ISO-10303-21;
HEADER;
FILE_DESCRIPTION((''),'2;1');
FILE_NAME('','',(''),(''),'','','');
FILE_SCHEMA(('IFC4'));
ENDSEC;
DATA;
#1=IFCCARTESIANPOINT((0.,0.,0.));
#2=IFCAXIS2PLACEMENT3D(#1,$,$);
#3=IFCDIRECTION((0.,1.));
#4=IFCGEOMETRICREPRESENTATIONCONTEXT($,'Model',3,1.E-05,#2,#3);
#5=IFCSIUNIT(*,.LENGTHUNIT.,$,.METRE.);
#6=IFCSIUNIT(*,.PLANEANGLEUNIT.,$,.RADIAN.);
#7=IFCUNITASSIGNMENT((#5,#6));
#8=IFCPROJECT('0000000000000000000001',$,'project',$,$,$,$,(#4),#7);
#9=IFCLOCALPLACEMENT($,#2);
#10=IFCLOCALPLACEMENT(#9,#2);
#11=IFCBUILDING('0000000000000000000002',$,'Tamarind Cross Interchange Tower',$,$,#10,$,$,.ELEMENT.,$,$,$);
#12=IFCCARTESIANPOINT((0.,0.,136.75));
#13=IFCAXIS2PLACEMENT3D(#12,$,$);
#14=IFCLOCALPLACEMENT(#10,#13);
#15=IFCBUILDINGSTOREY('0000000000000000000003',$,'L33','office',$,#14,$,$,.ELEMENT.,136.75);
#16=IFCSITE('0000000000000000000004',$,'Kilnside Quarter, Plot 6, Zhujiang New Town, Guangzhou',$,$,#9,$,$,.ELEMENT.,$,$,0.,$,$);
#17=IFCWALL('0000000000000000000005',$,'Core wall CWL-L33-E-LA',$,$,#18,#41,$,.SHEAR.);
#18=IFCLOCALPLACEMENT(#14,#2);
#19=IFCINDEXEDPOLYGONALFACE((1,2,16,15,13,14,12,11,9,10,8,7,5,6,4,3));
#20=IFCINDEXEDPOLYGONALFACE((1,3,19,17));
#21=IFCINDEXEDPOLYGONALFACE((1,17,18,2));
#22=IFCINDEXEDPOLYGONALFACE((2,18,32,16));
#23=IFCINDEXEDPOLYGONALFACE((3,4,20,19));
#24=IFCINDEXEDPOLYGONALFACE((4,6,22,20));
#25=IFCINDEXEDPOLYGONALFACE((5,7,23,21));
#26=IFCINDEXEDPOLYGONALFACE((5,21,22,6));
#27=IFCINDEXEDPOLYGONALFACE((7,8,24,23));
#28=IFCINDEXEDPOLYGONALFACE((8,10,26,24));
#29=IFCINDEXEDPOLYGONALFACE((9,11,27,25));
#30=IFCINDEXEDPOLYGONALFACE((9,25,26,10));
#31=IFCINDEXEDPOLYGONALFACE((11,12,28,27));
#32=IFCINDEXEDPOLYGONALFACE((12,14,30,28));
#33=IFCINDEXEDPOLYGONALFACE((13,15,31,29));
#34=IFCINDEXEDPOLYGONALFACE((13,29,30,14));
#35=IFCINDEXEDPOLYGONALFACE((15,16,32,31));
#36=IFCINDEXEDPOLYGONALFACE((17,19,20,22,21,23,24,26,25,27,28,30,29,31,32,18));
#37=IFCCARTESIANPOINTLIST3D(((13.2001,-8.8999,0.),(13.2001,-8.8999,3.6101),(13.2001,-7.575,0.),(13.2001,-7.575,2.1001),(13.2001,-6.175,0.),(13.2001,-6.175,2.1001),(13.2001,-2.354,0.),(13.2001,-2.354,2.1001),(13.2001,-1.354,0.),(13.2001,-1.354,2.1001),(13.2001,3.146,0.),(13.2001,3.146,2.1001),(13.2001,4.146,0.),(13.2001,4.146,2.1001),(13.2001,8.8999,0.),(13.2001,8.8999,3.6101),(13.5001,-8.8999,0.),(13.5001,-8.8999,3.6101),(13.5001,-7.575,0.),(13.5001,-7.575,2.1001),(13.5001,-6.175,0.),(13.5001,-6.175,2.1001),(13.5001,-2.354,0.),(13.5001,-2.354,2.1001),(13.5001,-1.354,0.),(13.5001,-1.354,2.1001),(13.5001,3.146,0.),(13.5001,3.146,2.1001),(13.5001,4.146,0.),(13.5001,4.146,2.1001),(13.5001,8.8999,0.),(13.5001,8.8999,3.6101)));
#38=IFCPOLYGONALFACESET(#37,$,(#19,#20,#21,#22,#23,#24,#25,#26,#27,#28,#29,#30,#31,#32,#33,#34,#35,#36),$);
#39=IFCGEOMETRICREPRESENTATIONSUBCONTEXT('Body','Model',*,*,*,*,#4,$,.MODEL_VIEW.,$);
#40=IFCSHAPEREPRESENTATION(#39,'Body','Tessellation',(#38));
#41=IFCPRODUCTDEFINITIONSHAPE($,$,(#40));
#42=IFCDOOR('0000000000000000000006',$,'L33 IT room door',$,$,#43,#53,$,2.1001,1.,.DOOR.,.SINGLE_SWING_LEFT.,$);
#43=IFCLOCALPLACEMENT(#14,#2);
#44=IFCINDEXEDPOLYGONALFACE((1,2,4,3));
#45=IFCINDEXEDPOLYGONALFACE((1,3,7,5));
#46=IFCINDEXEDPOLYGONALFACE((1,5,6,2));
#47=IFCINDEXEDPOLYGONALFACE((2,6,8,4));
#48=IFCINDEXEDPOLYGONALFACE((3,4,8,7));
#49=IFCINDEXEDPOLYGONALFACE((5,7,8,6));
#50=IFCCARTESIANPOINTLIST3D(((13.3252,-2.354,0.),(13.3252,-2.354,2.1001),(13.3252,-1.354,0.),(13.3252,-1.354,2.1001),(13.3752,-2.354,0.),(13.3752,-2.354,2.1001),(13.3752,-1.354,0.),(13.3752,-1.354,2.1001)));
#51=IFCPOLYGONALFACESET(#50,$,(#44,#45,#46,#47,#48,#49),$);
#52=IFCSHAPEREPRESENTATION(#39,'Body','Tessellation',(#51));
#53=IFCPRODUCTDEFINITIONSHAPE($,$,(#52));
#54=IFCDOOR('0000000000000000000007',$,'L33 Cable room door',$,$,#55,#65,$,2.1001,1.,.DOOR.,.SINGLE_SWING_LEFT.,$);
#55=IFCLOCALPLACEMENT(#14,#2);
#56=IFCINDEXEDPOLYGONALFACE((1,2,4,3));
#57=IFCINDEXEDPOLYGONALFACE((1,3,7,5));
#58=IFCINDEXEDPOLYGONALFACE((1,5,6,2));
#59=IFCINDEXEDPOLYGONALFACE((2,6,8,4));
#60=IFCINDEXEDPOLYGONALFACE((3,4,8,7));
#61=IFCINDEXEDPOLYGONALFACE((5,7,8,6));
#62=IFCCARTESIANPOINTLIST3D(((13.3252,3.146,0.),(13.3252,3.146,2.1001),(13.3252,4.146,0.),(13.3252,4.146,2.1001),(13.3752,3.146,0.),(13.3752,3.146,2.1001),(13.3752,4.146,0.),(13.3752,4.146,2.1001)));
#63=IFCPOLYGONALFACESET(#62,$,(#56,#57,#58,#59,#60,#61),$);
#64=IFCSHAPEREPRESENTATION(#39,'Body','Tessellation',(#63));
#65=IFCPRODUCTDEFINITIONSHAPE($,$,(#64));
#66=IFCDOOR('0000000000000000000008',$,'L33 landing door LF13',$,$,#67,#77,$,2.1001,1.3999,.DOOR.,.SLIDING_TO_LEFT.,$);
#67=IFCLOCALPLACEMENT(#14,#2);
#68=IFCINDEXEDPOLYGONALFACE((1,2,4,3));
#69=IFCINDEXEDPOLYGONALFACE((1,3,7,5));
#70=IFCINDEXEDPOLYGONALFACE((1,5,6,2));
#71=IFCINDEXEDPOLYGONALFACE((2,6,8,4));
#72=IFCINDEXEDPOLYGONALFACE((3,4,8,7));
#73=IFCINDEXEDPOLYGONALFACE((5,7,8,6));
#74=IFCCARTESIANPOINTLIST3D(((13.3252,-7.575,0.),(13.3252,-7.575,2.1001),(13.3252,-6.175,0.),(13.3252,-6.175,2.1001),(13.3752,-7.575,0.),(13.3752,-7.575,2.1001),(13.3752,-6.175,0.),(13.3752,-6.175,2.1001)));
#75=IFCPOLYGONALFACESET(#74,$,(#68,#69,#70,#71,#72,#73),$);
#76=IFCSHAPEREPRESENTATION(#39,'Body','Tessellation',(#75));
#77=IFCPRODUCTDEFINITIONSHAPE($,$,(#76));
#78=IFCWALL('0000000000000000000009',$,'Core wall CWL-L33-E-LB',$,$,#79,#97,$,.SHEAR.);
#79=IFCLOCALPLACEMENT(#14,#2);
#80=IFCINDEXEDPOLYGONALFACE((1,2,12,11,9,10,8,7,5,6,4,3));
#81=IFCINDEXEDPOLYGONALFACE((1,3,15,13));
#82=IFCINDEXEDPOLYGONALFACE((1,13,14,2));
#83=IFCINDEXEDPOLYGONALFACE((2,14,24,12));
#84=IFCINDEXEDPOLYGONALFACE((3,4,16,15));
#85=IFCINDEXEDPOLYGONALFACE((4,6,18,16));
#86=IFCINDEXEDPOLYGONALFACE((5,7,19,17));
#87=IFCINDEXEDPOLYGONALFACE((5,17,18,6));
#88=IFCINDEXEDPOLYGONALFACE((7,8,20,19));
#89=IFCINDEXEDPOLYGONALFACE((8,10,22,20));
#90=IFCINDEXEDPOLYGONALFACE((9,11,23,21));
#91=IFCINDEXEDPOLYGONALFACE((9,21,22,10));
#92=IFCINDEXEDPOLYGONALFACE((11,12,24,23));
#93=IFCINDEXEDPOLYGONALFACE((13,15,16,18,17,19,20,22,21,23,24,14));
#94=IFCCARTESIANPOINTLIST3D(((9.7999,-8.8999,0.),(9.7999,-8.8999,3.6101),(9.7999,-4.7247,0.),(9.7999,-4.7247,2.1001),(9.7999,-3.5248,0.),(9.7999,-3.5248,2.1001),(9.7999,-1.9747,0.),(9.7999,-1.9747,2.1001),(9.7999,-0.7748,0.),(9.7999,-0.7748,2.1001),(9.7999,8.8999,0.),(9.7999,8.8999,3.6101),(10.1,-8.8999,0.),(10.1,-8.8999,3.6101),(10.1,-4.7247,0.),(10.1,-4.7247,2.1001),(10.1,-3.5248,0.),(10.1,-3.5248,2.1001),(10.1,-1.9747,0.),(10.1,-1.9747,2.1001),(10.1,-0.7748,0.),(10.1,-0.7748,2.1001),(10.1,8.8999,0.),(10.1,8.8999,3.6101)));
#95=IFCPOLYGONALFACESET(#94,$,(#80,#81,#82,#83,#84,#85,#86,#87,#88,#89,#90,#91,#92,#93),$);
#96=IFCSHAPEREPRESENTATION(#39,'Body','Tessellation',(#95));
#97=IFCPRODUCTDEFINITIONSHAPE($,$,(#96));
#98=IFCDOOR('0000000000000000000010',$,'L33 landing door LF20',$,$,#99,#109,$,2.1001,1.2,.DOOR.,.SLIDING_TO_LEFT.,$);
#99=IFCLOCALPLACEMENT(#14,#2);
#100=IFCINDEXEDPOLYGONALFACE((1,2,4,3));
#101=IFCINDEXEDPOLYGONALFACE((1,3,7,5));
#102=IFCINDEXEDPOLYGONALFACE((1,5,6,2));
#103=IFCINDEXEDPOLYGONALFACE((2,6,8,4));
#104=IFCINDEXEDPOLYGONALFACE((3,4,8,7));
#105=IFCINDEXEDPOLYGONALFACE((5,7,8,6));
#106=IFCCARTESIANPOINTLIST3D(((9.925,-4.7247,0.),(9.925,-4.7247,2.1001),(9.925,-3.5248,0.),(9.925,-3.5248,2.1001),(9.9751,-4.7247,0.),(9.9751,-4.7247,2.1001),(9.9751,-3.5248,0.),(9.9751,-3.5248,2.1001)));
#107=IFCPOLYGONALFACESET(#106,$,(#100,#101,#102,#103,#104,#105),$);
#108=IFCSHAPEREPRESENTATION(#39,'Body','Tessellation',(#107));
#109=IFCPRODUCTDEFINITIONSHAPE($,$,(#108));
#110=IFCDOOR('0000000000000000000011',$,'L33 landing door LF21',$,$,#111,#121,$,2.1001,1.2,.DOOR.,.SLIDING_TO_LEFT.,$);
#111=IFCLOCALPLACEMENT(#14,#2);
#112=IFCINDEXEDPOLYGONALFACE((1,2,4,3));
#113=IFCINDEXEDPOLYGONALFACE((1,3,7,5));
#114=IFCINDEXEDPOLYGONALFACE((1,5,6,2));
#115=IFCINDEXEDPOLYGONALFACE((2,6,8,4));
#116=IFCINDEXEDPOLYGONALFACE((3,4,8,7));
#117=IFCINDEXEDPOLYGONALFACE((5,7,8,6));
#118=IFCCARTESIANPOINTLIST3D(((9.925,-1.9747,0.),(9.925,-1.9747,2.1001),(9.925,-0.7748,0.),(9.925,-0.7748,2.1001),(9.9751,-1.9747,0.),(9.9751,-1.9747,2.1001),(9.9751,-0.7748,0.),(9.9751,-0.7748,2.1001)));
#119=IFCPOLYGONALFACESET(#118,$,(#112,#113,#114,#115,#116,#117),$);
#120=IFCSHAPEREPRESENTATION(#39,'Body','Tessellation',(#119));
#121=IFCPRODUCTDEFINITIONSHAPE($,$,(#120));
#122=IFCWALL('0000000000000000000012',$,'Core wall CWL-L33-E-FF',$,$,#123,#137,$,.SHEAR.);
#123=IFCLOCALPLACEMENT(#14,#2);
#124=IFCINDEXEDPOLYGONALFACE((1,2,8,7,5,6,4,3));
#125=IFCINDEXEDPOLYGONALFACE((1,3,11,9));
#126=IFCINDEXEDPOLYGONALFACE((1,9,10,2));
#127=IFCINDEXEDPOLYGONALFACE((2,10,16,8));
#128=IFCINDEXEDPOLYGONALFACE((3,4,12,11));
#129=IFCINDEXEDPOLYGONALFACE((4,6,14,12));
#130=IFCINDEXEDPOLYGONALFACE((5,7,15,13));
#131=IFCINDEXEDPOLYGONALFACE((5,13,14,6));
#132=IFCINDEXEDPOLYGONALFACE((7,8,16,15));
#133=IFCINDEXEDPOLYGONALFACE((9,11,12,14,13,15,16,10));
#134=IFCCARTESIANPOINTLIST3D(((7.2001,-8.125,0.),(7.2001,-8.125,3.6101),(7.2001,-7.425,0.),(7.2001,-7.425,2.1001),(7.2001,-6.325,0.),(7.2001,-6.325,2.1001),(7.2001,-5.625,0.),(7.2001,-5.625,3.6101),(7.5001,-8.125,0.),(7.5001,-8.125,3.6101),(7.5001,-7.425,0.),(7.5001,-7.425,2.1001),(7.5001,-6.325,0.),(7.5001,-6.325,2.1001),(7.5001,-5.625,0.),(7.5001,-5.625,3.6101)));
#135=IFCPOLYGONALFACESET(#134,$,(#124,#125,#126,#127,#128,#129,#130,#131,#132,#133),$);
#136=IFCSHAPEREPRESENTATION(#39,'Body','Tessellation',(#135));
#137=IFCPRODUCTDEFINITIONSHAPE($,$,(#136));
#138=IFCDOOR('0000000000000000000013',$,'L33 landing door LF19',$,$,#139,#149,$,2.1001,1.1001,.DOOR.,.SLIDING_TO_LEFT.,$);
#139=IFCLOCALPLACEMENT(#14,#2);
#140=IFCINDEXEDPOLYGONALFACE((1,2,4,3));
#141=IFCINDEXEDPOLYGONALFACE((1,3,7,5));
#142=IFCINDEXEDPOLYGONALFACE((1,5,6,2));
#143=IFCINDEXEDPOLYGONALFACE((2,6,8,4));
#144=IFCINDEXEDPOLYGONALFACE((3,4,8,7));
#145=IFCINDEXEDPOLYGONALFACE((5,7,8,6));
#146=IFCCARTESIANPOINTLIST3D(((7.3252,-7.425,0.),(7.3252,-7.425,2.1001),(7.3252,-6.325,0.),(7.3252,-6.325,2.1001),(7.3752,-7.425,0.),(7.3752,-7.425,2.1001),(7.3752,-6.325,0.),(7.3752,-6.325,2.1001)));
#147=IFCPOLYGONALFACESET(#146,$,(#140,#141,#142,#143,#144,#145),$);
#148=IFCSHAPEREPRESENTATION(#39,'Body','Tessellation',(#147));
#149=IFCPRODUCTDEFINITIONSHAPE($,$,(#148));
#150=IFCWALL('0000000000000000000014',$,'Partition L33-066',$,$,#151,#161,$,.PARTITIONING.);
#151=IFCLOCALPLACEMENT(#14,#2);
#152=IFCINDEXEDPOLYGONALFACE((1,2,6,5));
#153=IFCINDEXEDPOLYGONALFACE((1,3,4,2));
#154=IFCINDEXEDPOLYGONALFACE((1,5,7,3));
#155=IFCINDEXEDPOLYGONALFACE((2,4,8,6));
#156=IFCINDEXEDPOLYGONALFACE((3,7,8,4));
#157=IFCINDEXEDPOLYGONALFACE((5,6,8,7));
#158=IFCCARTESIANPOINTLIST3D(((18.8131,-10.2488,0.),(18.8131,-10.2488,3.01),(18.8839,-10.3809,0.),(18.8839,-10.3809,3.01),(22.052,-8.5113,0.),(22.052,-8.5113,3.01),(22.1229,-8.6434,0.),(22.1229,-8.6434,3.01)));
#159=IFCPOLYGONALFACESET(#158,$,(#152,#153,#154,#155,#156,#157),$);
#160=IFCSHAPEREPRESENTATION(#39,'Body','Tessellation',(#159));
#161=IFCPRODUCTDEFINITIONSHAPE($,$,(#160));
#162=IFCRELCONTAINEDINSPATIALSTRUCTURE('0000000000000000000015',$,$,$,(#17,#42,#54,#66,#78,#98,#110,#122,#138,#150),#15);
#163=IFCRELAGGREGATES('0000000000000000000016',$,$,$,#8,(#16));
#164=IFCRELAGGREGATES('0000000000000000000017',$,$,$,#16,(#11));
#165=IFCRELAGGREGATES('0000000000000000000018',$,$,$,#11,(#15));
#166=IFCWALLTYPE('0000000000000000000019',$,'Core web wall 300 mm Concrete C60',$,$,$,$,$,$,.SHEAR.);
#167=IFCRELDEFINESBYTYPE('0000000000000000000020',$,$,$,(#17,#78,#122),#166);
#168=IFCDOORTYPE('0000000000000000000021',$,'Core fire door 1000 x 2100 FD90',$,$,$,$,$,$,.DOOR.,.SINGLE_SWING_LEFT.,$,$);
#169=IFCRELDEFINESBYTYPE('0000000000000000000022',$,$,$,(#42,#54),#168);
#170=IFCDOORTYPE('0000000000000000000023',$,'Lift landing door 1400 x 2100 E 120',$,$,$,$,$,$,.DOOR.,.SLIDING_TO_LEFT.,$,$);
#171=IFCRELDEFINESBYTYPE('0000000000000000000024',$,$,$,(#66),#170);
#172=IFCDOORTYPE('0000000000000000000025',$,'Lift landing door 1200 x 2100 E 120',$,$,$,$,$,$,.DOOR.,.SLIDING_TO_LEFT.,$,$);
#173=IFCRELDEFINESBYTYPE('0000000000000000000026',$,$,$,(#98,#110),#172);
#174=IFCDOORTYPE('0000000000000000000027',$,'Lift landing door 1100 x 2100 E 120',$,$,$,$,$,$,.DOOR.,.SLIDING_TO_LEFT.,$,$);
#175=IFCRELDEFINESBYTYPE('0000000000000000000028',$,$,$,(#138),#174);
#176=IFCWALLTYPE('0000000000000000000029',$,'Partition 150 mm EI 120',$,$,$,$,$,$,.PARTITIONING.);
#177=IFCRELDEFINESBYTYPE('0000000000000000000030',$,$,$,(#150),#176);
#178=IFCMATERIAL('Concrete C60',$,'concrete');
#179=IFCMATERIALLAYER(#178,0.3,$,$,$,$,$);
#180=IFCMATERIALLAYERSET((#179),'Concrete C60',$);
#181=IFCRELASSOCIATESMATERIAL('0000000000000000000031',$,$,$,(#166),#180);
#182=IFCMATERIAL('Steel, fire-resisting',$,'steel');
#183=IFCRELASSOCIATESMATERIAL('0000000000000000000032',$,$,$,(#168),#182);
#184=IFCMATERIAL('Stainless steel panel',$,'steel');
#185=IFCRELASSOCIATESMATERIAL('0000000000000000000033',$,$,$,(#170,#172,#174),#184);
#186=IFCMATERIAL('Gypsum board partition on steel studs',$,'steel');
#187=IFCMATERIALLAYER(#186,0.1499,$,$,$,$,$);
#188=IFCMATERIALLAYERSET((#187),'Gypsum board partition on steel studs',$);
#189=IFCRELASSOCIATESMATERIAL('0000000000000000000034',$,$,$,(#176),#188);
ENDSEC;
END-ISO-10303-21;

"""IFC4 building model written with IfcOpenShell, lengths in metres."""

from ifc_helpers import new_model, si_unit, direction, frame, frame_2d, origin, place, context, subcontext, project, spatial, rectangle, extrude, material, layer, layer_set, type_object, element, fill, save


model = new_model("IFC4")

# Units and contexts
model_context = context("Model", 3, precision=1e-05, world=origin(), true_north=direction((0.0, 1.0)))
body_context = subcontext(model_context, "Body", "Model", "MODEL_VIEW")
ifc_project = project(units=[si_unit("LENGTHUNIT", "METRE"), si_unit("PLANEANGLEUNIT", "RADIAN")], contexts=[model_context])

# Site, building, storey
site_placement = place(None, origin())
site = spatial("IfcSite", under=ifc_project, at=site_placement, Name="Kilnside Quarter, Plot 6, Zhujiang New Town, Guangzhou", CompositionType="ELEMENT", RefElevation=0.0)
building_placement = place(site_placement, origin())
building = spatial("IfcBuilding", under=site, at=building_placement, Name="Tamarind Cross Interchange Tower", CompositionType="ELEMENT")
storey_placement = place(building_placement, frame((0.0, 0.0, 136.75)))
storey = spatial("IfcBuildingStorey", under=building, at=storey_placement, Name="L33", Description="office", CompositionType="ELEMENT", Elevation=136.75)

# Shared definitions
ifc_material_1 = material(Name="Concrete C60", Category="concrete")

# Shared definitions
ifc_material_2 = material(Name="Steel, fire-resisting", Category="steel")

# Shared definitions
ifc_layer_1 = layer(ifc_material_1, 0.3)
ifc_layer_set_1 = layer_set([ifc_layer_1], Name="Concrete C60")
wall_type_1 = type_object("IfcWallType", Name="Core web wall 300 mm Concrete C60", PredefinedType="SHEAR", material=ifc_layer_set_1)

# Walls, openings, doors
wall_1_placement = place(storey_placement, frame((13.3501, -8.8999, 0.0), z_axis=(0.0, 0.0, 1.0), x_axis=(0.0, 1.0, 0.0)))
wall_1 = element("IfcWall", 1, at=wall_1_placement, inside=storey, type_object=wall_type_1, Name="Core wall CWL-L33-E-LA", PredefinedType="SHEAR", context=body_context, shape_type="SweptSolid", body=[
    extrude(rectangle(XDim=17.7998, YDim=0.3, at=frame_2d((8.8999, 0.0))), origin(), (0.0, 0.0, 1.0), 3.6101),
])
opening_1_placement = place(wall_1_placement, frame((1.325, 0.0, 0.0)))
opening_1 = element("IfcOpeningElement", 2, at=opening_1_placement, cuts=wall_1, PredefinedType="OPENING", context=body_context, shape_type="SweptSolid", body=[
    extrude(rectangle(XDim=1.3999, YDim=2.1001, at=frame_2d((0.7, 1.05))), frame((0.0, 0.1599, 0.0), z_axis=(0.0, -1.0, 0.0), x_axis=(1.0, 0.0, 0.0)), (0.0, 0.0, 1.0), 0.3201),
])
opening_2_placement = place(wall_1_placement, frame((6.5459, 0.0, 0.0)))
opening_2 = element("IfcOpeningElement", 3, at=opening_2_placement, cuts=wall_1, PredefinedType="OPENING", context=body_context, shape_type="SweptSolid", body=[
    extrude(rectangle(XDim=1.0, YDim=2.1001, at=frame_2d((0.5, 1.05))), frame((0.0, 0.1599, 0.0), z_axis=(0.0, -1.0, 0.0), x_axis=(1.0, 0.0, 0.0)), (0.0, 0.0, 1.0), 0.3201),
])
opening_3_placement = place(wall_1_placement, frame((12.0459, 0.0, 0.0)))
opening_3 = element("IfcOpeningElement", 4, at=opening_3_placement, cuts=wall_1, PredefinedType="OPENING", context=body_context, shape_type="SweptSolid", body=[
    extrude(rectangle(XDim=1.0, YDim=2.1001, at=frame_2d((0.5, 1.05))), frame((0.0, 0.1599, 0.0), z_axis=(0.0, -1.0, 0.0), x_axis=(1.0, 0.0, 0.0)), (0.0, 0.0, 1.0), 0.3201),
])
door_type_1 = type_object("IfcDoorType", Name="Core fire door 1000 x 2100 FD90", OperationType="SINGLE_SWING_LEFT", PredefinedType="DOOR", material=ifc_material_2)
door_1_placement = place(opening_2_placement, origin())
door_1 = element("IfcDoor", 5, at=door_1_placement, inside=storey, type_object=door_type_1, Name="L33 IT room door", OperationType="SINGLE_SWING_LEFT", OverallHeight=2.1001, OverallWidth=1.0, PredefinedType="DOOR", context=body_context, shape_type="SweptSolid", body=[
    extrude(rectangle(XDim=1.0, YDim=2.1001, at=frame_2d((0.5, 1.05))), frame((0.0, 0.0249, 0.0), z_axis=(0.0, -1.0, 0.0), x_axis=(1.0, 0.0, 0.0)), (0.0, 0.0, 1.0), 0.05),
])
fill(opening_2, door_1)
door_2_placement = place(opening_3_placement, origin())
door_2 = element("IfcDoor", 6, at=door_2_placement, inside=storey, type_object=door_type_1, Name="L33 Cable room door", OperationType="SINGLE_SWING_LEFT", OverallHeight=2.1001, OverallWidth=1.0, PredefinedType="DOOR", context=body_context, shape_type="SweptSolid", body=[
    extrude(rectangle(XDim=1.0, YDim=2.1001, at=frame_2d((0.5, 1.05))), frame((0.0, 0.0249, 0.0), z_axis=(0.0, -1.0, 0.0), x_axis=(1.0, 0.0, 0.0)), (0.0, 0.0, 1.0), 0.05),
])
fill(opening_3, door_2)
ifc_material_3 = material(Name="Stainless steel panel", Category="steel")
door_type_2 = type_object("IfcDoorType", Name="Lift landing door 1400 x 2100 E 120", OperationType="SLIDING_TO_LEFT", PredefinedType="DOOR", material=ifc_material_3)
door_3_placement = place(opening_1_placement, origin())
door_3 = element("IfcDoor", 7, at=door_3_placement, inside=storey, type_object=door_type_2, Name="L33 landing door LF13", OperationType="SLIDING_TO_LEFT", OverallHeight=2.1001, OverallWidth=1.3999, PredefinedType="DOOR", context=body_context, shape_type="SweptSolid", body=[
    extrude(rectangle(XDim=1.3999, YDim=2.1001, at=frame_2d((0.7, 1.05))), frame((0.0, 0.0249, 0.0), z_axis=(0.0, -1.0, 0.0), x_axis=(1.0, 0.0, 0.0)), (0.0, 0.0, 1.0), 0.05),
])
fill(opening_1, door_3)
wall_2_placement = place(storey_placement, frame((9.95, -8.8999, 0.0), z_axis=(0.0, 0.0, 1.0), x_axis=(0.0, 1.0, 0.0)))
wall_2 = element("IfcWall", 8, at=wall_2_placement, inside=storey, type_object=wall_type_1, Name="Core wall CWL-L33-E-LB", PredefinedType="SHEAR", context=body_context, shape_type="SweptSolid", body=[
    extrude(rectangle(XDim=17.7998, YDim=0.3, at=frame_2d((8.8999, 0.0))), origin(), (0.0, 0.0, 1.0), 3.6101),
])
opening_4_placement = place(wall_2_placement, frame((4.175, 0.0, 0.0)))
opening_4 = element("IfcOpeningElement", 9, at=opening_4_placement, cuts=wall_2, PredefinedType="OPENING", context=body_context, shape_type="SweptSolid", body=[
    extrude(rectangle(XDim=1.2, YDim=2.1001, at=frame_2d((0.6001, 1.05))), frame((0.0, 0.1599, 0.0), z_axis=(0.0, -1.0, 0.0), x_axis=(1.0, 0.0, 0.0)), (0.0, 0.0, 1.0), 0.3201),
])
opening_5_placement = place(wall_2_placement, frame((6.925, 0.0, 0.0)))
opening_5 = element("IfcOpeningElement", 10, at=opening_5_placement, cuts=wall_2, PredefinedType="OPENING", context=body_context, shape_type="SweptSolid", body=[
    extrude(rectangle(XDim=1.2, YDim=2.1001, at=frame_2d((0.6001, 1.05))), frame((0.0, 0.1599, 0.0), z_axis=(0.0, -1.0, 0.0), x_axis=(1.0, 0.0, 0.0)), (0.0, 0.0, 1.0), 0.3201),
])
door_type_3 = type_object("IfcDoorType", Name="Lift landing door 1200 x 2100 E 120", OperationType="SLIDING_TO_LEFT", PredefinedType="DOOR", material=ifc_material_3)
door_4_placement = place(opening_4_placement, origin())
door_4 = element("IfcDoor", 11, at=door_4_placement, inside=storey, type_object=door_type_3, Name="L33 landing door LF20", OperationType="SLIDING_TO_LEFT", OverallHeight=2.1001, OverallWidth=1.2, PredefinedType="DOOR", context=body_context, shape_type="SweptSolid", body=[
    extrude(rectangle(XDim=1.2, YDim=2.1001, at=frame_2d((0.6001, 1.05))), frame((0.0, 0.0249, 0.0), z_axis=(0.0, -1.0, 0.0), x_axis=(1.0, 0.0, 0.0)), (0.0, 0.0, 1.0), 0.05),
])
fill(opening_4, door_4)
door_5_placement = place(opening_5_placement, origin())
door_5 = element("IfcDoor", 12, at=door_5_placement, inside=storey, type_object=door_type_3, Name="L33 landing door LF21", OperationType="SLIDING_TO_LEFT", OverallHeight=2.1001, OverallWidth=1.2, PredefinedType="DOOR", context=body_context, shape_type="SweptSolid", body=[
    extrude(rectangle(XDim=1.2, YDim=2.1001, at=frame_2d((0.6001, 1.05))), frame((0.0, 0.0249, 0.0), z_axis=(0.0, -1.0, 0.0), x_axis=(1.0, 0.0, 0.0)), (0.0, 0.0, 1.0), 0.05),
])
fill(opening_5, door_5)

# Wall, opening, door
wall_3_placement = place(storey_placement, frame((7.3501, -8.125, 0.0), z_axis=(0.0, 0.0, 1.0), x_axis=(0.0, 1.0, 0.0)))
wall_3 = element("IfcWall", 13, at=wall_3_placement, inside=storey, type_object=wall_type_1, Name="Core wall CWL-L33-E-FF", PredefinedType="SHEAR", context=body_context, shape_type="SweptSolid", body=[
    extrude(rectangle(XDim=2.5, YDim=0.3, at=frame_2d((1.25, 0.0))), origin(), (0.0, 0.0, 1.0), 3.6101),
])
opening_6_placement = place(wall_3_placement, frame((0.7, 0.0, 0.0)))
opening_6 = element("IfcOpeningElement", 14, at=opening_6_placement, cuts=wall_3, PredefinedType="OPENING", context=body_context, shape_type="SweptSolid", body=[
    extrude(rectangle(XDim=1.1001, YDim=2.1001, at=frame_2d((0.55, 1.05))), frame((0.0, 0.1599, 0.0), z_axis=(0.0, -1.0, 0.0), x_axis=(1.0, 0.0, 0.0)), (0.0, 0.0, 1.0), 0.3201),
])
door_type_4 = type_object("IfcDoorType", Name="Lift landing door 1100 x 2100 E 120", OperationType="SLIDING_TO_LEFT", PredefinedType="DOOR", material=ifc_material_3)
door_6_placement = place(opening_6_placement, origin())
door_6 = element("IfcDoor", 15, at=door_6_placement, inside=storey, type_object=door_type_4, Name="L33 landing door LF19", OperationType="SLIDING_TO_LEFT", OverallHeight=2.1001, OverallWidth=1.1001, PredefinedType="DOOR", context=body_context, shape_type="SweptSolid", body=[
    extrude(rectangle(XDim=1.1001, YDim=2.1001, at=frame_2d((0.55, 1.05))), frame((0.0, 0.0249, 0.0), z_axis=(0.0, -1.0, 0.0), x_axis=(1.0, 0.0, 0.0)), (0.0, 0.0, 1.0), 0.05),
])
fill(opening_6, door_6)

# Wall
ifc_material_4 = material(Name="Gypsum board partition on steel studs", Category="steel")
ifc_layer_2 = layer(ifc_material_4, 0.1499)
ifc_layer_set_2 = layer_set([ifc_layer_2], Name="Gypsum board partition on steel studs")
wall_type_2 = type_object("IfcWallType", Name="Partition 150 mm EI 120", PredefinedType="PARTITIONING", material=ifc_layer_set_2)
wall_4_placement = place(storey_placement, frame((18.8484, -10.3149, 0.0), z_axis=(0.0, 0.0, 1.0), x_axis=(0.881212, 0.472721, 0.0)))
element("IfcWall", 16, at=wall_4_placement, inside=storey, type_object=wall_type_2, Name="Partition L33-066", PredefinedType="PARTITIONING", context=body_context, shape_type="SweptSolid", body=[
    extrude(rectangle(XDim=3.6755, YDim=0.1499, at=frame_2d((1.8379, 0.0))), origin(), (0.0, 0.0, 1.0), 3.01),
])

save(model, "model.ifc")
